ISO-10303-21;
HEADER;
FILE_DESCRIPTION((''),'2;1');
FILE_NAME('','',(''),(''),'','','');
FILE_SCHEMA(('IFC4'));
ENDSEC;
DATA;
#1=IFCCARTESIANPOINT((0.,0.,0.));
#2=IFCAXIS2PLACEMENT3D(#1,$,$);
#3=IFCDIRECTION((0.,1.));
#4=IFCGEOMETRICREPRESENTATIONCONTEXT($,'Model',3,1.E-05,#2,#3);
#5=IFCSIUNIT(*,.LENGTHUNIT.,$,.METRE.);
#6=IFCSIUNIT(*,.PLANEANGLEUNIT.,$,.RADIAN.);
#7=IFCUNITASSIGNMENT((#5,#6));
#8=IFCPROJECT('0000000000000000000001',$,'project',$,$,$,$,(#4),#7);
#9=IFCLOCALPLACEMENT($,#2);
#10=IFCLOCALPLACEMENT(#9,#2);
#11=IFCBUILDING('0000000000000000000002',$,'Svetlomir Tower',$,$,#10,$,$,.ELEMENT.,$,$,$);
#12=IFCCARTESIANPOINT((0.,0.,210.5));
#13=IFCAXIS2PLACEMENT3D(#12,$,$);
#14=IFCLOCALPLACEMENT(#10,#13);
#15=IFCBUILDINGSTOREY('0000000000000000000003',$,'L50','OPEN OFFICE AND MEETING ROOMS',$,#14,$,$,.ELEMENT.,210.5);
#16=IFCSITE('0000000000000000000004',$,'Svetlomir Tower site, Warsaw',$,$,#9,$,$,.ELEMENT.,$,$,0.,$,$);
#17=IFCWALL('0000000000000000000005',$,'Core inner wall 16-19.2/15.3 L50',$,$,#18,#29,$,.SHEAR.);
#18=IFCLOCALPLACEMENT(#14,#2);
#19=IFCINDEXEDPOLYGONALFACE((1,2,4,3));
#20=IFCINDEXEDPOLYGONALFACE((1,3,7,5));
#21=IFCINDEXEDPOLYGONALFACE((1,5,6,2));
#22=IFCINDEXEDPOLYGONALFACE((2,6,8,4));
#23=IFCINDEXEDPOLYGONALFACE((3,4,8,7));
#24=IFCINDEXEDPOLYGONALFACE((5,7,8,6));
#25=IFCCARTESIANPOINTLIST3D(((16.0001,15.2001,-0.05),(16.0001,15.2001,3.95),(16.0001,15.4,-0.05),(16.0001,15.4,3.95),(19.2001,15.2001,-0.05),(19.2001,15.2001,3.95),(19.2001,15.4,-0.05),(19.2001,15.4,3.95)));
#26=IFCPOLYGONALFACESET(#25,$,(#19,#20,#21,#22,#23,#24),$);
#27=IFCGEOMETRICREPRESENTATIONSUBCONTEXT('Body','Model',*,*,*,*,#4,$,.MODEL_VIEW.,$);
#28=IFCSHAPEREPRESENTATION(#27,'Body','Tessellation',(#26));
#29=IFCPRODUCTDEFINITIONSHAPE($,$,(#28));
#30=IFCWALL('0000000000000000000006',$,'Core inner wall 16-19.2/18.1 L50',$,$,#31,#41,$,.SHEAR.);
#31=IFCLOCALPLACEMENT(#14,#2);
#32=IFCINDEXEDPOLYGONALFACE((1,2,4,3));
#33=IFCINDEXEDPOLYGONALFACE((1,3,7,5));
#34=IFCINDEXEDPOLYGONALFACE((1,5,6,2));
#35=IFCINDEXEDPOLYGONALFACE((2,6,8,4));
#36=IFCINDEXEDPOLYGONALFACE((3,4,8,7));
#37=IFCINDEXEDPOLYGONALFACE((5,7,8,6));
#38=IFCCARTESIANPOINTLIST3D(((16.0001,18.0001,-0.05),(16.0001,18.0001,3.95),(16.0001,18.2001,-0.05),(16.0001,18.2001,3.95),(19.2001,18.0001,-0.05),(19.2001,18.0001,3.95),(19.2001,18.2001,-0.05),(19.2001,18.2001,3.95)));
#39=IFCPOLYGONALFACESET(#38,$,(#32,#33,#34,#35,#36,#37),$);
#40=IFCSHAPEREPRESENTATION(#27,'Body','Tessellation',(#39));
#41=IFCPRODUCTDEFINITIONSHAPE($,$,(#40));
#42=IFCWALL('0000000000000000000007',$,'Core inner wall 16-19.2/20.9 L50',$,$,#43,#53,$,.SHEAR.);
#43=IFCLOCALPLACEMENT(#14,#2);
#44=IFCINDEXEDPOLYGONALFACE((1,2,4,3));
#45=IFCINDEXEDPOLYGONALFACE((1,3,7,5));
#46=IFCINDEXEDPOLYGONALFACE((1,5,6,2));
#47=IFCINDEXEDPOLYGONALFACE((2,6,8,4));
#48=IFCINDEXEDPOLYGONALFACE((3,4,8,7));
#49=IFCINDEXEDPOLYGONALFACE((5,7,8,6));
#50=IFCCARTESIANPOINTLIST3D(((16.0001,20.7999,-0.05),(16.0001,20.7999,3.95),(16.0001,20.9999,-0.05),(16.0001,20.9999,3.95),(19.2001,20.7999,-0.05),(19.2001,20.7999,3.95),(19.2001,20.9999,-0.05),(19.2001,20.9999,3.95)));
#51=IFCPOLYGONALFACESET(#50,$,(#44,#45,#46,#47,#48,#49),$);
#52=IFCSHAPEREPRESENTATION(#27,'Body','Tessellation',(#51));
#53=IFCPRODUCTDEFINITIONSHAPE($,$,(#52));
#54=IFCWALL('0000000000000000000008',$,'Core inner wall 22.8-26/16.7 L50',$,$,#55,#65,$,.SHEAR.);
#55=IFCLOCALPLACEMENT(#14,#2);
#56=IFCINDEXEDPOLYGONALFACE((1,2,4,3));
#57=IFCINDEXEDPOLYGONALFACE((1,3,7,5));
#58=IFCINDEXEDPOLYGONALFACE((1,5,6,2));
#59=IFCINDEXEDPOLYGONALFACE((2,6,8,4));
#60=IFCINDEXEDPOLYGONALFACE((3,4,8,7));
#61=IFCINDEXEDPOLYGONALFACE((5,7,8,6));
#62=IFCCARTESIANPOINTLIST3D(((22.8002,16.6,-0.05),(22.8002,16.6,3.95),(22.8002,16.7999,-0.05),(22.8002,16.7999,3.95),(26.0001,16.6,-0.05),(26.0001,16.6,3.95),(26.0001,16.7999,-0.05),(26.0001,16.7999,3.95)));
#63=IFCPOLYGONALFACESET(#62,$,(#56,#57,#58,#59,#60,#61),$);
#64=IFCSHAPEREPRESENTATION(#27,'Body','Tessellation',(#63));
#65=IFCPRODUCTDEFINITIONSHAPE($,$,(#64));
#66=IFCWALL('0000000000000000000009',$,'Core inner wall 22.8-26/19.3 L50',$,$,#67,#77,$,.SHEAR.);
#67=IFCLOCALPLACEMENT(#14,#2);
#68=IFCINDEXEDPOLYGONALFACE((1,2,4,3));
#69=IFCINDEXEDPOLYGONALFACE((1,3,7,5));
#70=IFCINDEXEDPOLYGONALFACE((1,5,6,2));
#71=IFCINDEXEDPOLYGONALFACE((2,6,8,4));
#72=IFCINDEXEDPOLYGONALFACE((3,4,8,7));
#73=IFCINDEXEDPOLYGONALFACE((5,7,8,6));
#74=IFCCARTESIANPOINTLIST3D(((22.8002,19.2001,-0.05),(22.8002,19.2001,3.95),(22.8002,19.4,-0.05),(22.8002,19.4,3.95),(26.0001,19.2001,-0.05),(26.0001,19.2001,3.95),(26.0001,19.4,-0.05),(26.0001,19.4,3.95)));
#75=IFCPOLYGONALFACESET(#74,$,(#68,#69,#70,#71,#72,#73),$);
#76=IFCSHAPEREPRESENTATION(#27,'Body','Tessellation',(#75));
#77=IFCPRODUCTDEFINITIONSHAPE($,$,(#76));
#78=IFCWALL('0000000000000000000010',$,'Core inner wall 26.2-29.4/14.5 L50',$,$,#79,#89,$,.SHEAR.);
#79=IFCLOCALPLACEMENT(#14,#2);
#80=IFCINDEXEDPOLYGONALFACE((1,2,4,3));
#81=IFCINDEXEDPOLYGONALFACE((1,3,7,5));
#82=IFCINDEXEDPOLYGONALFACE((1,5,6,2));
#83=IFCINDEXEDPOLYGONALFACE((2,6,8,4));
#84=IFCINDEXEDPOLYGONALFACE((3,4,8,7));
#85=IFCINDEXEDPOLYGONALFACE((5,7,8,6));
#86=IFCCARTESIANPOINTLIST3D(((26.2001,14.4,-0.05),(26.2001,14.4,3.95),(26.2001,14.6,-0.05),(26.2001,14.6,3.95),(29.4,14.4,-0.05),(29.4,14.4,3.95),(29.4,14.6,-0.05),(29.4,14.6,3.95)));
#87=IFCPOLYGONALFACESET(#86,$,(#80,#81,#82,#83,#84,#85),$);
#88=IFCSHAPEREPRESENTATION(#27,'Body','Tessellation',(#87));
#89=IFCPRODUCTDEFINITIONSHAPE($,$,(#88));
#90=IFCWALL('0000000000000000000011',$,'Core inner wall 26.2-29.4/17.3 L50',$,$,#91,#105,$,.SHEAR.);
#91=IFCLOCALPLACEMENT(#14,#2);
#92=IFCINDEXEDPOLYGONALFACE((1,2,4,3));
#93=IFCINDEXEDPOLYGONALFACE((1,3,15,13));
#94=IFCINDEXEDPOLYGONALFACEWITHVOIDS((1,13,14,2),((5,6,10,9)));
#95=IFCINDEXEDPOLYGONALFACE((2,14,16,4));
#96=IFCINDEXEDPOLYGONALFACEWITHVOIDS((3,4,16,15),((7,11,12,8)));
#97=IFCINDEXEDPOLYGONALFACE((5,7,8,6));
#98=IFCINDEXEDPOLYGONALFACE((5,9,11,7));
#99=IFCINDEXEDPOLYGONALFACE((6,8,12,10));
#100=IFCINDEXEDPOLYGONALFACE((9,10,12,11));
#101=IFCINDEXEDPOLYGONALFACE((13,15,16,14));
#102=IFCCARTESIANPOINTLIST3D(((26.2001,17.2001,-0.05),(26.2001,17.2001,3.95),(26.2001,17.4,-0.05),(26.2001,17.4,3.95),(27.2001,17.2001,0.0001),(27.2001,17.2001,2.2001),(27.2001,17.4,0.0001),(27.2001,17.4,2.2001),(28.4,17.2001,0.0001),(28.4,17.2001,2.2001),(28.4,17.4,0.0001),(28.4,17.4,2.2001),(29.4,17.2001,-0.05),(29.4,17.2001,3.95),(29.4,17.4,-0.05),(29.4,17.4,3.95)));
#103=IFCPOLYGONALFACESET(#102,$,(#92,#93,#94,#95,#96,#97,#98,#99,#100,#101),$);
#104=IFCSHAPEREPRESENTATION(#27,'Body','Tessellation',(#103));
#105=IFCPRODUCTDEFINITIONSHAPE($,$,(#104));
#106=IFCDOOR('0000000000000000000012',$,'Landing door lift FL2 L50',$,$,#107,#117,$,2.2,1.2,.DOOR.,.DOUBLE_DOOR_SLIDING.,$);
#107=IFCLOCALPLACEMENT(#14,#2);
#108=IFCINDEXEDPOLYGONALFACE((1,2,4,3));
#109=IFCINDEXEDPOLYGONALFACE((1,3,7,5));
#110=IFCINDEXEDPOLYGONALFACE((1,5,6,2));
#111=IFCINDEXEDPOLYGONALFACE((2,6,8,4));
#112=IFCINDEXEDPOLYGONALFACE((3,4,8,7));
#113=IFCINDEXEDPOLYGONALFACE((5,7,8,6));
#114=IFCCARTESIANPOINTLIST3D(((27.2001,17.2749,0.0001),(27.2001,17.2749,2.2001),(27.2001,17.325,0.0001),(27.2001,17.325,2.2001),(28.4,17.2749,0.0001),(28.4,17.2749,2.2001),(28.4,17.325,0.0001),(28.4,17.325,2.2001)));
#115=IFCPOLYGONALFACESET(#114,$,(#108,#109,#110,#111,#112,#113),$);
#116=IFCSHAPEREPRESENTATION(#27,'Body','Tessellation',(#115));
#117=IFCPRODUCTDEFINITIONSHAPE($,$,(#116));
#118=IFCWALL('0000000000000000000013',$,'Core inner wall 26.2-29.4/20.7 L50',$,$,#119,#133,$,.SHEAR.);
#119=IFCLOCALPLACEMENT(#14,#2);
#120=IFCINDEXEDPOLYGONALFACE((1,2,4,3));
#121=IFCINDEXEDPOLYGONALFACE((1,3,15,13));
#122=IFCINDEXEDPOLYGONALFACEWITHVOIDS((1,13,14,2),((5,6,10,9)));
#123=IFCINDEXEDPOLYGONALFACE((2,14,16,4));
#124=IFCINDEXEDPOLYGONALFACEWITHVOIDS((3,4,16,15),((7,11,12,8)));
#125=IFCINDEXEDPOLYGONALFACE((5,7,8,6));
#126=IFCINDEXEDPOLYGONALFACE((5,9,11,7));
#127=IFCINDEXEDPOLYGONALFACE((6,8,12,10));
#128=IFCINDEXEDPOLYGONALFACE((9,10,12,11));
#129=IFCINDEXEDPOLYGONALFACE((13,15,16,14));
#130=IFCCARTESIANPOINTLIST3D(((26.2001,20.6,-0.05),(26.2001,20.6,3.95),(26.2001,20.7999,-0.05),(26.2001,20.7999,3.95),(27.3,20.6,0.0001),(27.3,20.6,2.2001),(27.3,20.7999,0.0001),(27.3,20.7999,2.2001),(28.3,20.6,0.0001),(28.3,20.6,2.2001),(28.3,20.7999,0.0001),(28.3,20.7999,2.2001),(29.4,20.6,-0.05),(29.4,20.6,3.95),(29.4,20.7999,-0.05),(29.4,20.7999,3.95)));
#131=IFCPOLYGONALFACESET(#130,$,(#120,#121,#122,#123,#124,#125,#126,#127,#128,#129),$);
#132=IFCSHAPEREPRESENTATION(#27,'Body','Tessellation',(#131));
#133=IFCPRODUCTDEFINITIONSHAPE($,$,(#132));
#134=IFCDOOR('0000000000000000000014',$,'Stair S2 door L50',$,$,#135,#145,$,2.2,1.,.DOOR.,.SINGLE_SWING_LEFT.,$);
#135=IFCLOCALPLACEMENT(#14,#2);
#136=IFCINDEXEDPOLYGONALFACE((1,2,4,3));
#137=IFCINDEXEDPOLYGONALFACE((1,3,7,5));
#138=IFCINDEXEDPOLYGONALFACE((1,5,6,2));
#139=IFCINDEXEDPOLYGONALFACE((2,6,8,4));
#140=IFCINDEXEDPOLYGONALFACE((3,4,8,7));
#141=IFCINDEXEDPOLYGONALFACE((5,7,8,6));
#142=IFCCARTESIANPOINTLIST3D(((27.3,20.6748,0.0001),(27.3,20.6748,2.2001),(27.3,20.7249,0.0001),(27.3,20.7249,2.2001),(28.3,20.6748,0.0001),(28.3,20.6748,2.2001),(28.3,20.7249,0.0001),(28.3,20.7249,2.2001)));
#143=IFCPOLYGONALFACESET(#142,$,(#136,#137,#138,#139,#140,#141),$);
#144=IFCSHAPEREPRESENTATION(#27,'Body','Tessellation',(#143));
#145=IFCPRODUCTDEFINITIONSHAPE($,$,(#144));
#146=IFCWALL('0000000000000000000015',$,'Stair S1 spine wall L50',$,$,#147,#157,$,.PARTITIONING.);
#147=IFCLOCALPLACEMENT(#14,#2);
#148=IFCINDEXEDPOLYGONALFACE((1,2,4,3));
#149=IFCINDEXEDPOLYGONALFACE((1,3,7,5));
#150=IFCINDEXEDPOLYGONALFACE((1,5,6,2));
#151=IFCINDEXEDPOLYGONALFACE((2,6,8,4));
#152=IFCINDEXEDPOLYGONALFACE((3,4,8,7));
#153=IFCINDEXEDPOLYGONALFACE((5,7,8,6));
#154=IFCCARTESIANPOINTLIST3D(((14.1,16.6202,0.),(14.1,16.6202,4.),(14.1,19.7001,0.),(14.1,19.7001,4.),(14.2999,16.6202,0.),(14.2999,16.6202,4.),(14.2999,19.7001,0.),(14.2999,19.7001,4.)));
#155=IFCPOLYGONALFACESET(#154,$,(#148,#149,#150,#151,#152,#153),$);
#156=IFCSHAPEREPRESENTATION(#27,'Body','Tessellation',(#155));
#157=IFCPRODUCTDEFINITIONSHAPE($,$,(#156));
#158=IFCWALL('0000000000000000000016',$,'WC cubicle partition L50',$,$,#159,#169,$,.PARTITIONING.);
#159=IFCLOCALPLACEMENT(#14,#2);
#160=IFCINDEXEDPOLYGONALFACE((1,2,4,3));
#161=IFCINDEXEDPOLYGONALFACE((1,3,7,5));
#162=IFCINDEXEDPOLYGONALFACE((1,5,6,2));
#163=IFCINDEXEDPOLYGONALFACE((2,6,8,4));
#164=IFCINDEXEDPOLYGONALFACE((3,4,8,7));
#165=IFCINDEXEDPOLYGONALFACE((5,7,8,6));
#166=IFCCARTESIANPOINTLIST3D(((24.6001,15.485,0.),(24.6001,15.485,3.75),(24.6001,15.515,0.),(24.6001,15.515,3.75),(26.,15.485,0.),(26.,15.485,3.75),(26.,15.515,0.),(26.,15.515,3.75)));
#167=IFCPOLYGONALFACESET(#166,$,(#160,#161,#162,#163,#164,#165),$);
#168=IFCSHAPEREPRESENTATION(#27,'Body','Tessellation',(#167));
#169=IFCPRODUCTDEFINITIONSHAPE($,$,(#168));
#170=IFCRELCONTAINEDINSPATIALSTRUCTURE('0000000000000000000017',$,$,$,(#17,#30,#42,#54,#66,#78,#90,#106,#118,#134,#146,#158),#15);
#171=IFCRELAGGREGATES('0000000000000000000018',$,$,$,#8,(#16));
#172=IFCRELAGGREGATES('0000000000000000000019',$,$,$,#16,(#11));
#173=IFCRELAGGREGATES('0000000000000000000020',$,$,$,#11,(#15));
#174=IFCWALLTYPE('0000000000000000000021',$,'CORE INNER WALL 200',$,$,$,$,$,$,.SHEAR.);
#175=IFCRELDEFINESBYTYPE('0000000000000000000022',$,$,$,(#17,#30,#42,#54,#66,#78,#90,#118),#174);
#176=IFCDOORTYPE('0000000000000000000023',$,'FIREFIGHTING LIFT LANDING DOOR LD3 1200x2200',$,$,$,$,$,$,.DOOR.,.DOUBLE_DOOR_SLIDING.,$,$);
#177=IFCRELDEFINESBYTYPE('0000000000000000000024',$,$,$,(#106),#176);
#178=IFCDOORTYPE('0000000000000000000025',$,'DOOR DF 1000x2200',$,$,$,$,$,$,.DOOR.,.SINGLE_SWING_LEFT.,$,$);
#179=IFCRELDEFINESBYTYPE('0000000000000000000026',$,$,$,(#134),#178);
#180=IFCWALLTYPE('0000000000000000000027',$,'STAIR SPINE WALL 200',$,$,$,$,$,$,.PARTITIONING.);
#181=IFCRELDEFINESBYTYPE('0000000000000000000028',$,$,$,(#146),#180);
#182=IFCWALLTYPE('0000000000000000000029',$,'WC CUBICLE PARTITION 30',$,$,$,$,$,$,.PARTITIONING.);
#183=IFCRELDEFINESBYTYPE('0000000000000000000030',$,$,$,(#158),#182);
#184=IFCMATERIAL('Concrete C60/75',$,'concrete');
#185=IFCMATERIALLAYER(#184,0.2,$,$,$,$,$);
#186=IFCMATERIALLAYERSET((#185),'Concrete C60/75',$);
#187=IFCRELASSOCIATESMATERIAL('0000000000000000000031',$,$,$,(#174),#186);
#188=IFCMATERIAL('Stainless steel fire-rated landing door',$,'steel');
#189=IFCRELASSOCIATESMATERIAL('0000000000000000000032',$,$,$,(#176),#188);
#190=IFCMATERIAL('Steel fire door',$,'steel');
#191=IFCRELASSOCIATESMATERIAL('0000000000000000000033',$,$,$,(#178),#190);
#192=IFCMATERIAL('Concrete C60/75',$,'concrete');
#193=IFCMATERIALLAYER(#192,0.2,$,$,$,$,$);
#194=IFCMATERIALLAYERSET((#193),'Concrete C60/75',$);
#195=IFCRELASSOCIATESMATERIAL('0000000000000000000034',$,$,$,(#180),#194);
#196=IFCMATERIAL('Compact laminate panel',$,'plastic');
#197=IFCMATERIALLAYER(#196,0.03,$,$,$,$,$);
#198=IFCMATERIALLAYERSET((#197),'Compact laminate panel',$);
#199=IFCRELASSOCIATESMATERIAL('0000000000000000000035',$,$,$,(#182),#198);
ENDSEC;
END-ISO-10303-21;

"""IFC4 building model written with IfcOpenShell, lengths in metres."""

from ifc_helpers import new_model, si_unit, direction, frame, frame_2d, origin, place, context, subcontext, project, spatial, rectangle, extrude, material, layer, layer_set, type_object, element, fill, save


model = new_model("IFC4")

# Units and contexts
model_context = context("Model", 3, precision=1e-05, world=origin(), true_north=direction((0.0, 1.0)))
body_context = subcontext(model_context, "Body", "Model", "MODEL_VIEW")
ifc_project = project(units=[si_unit("LENGTHUNIT", "METRE"), si_unit("PLANEANGLEUNIT", "RADIAN")], contexts=[model_context])

# Site, building, storey
site_placement = place(None, origin())
site = spatial("IfcSite", under=ifc_project, at=site_placement, Name="Svetlomir Tower site, Warsaw", CompositionType="ELEMENT", RefElevation=0.0)
building_placement = place(site_placement, origin())
building = spatial("IfcBuilding", under=site, at=building_placement, Name="Svetlomir Tower", CompositionType="ELEMENT")
storey_placement = place(building_placement, frame((0.0, 0.0, 210.5)))
storey = spatial("IfcBuildingStorey", under=building, at=storey_placement, Name="L50", Description="OPEN OFFICE AND MEETING ROOMS", CompositionType="ELEMENT", Elevation=210.5)

# Walls
ifc_material_1 = material(Name="Concrete C60/75", Category="concrete")
ifc_layer_1 = layer(ifc_material_1, 0.2)
ifc_layer_set_1 = layer_set([ifc_layer_1], Name="Concrete C60/75")
wall_type_1 = type_object("IfcWallType", Name="CORE INNER WALL 200", PredefinedType="SHEAR", material=ifc_layer_set_1)
for number, where, z_axis, x_axis, name in (
    (1, (16.0, 15.3, -0.05), (0.0, 0.0, 1.0), (1.0, 0.0, 0.0), "Core inner wall 16-19.2/15.3 L50"),
    (2, (16.0, 18.1001, -0.05), (0.0, 0.0, 1.0), (1.0, 0.0, 0.0), "Core inner wall 16-19.2/18.1 L50"),
    (3, (16.0, 20.8999, -0.05), (0.0, 0.0, 1.0), (1.0, 0.0, 0.0), "Core inner wall 16-19.2/20.9 L50"),
    (4, (22.8, 16.7, -0.05), (0.0, 0.0, 1.0), (1.0, 0.0, 0.0), "Core inner wall 22.8-26/16.7 L50"),
    (5, (22.8, 19.3, -0.05), (0.0, 0.0, 1.0), (1.0, 0.0, 0.0), "Core inner wall 22.8-26/19.3 L50"),
    (6, (26.2, 14.5, -0.05), (0.0, 0.0, 1.0), (1.0, 0.0, 0.0), "Core inner wall 26.2-29.4/14.5 L50"),
):
    element("IfcWall", number, at=place(storey_placement, frame(where, z_axis=z_axis, x_axis=x_axis)), inside=storey, type_object=wall_type_1, Name=name, PredefinedType="SHEAR", context=body_context, shape_type="SweptSolid", body=[
        extrude(rectangle(XDim=3.2, YDim=0.2, at=frame_2d((1.6001, 0.0))), origin(), (0.0, 0.0, 1.0), 4.0),
    ])

# Walls, openings, doors
wall_1_placement = place(storey_placement, frame((26.2, 17.3, -0.05), z_axis=(0.0, 0.0, 1.0), x_axis=(1.0, 0.0, 0.0)))
wall_1 = element("IfcWall", 7, at=wall_1_placement, inside=storey, type_object=wall_type_1, Name="Core inner wall 26.2-29.4/17.3 L50", PredefinedType="SHEAR", context=body_context, shape_type="SweptSolid", body=[
    extrude(rectangle(XDim=3.2, YDim=0.2, at=frame_2d((1.6001, 0.0))), origin(), (0.0, 0.0, 1.0), 4.0),
])
opening_1_placement = place(wall_1_placement, frame((1.0, 0.0, 0.05)))
opening_1 = element("IfcOpeningElement", 8, at=opening_1_placement, cuts=wall_1, PredefinedType="OPENING", context=body_context, shape_type="SweptSolid", body=[
    extrude(rectangle(XDim=1.2, YDim=2.2, at=frame_2d((0.6001, 1.1001))), frame((0.0, 0.1099, 0.0), z_axis=(0.0, -1.0, 0.0), x_axis=(1.0, 0.0, 0.0)), (0.0, 0.0, 1.0), 0.22),
])
ifc_material_2 = material(Name="Stainless steel fire-rated landing door", Category="steel")
door_type_1 = type_object("IfcDoorType", Name="FIREFIGHTING LIFT LANDING DOOR LD3 1200x2200", OperationType="DOUBLE_DOOR_SLIDING", PredefinedType="DOOR", material=ifc_material_2)
door_1_placement = place(opening_1_placement, origin())
door_1 = element("IfcDoor", 9, at=door_1_placement, inside=storey, type_object=door_type_1, Name="Landing door lift FL2 L50", OperationType="DOUBLE_DOOR_SLIDING", OverallHeight=2.2, OverallWidth=1.2, PredefinedType="DOOR", context=body_context, shape_type="SweptSolid", body=[
    extrude(rectangle(XDim=1.2, YDim=2.2, at=frame_2d((0.6001, 1.1001))), frame((0.0, 0.0249, 0.0), z_axis=(0.0, -1.0, 0.0), x_axis=(1.0, 0.0, 0.0)), (0.0, 0.0, 1.0), 0.05),
])
fill(opening_1, door_1)
wall_2_placement = place(storey_placement, frame((26.2, 20.7, -0.05), z_axis=(0.0, 0.0, 1.0), x_axis=(1.0, 0.0, 0.0)))
wall_2 = element("IfcWall", 10, at=wall_2_placement, inside=storey, type_object=wall_type_1, Name="Core inner wall 26.2-29.4/20.7 L50", PredefinedType="SHEAR", context=body_context, shape_type="SweptSolid", body=[
    extrude(rectangle(XDim=3.2, YDim=0.2, at=frame_2d((1.6001, 0.0))), origin(), (0.0, 0.0, 1.0), 4.0),
])
opening_2_placement = place(wall_2_placement, frame((1.1001, 0.0, 0.05)))
opening_2 = element("IfcOpeningElement", 11, at=opening_2_placement, cuts=wall_2, PredefinedType="OPENING", context=body_context, shape_type="SweptSolid", body=[
    extrude(rectangle(XDim=1.0, YDim=2.2, at=frame_2d((0.5, 1.1001))), frame((0.0, 0.1099, 0.0), z_axis=(0.0, -1.0, 0.0), x_axis=(1.0, 0.0, 0.0)), (0.0, 0.0, 1.0), 0.22),
])
ifc_material_3 = material(Name="Steel fire door", Category="steel")
door_type_2 = type_object("IfcDoorType", Name="DOOR DF 1000x2200", OperationType="SINGLE_SWING_LEFT", PredefinedType="DOOR", material=ifc_material_3)
door_2_placement = place(opening_2_placement, origin())
door_2 = element("IfcDoor", 12, at=door_2_placement, inside=storey, type_object=door_type_2, Name="Stair S2 door L50", OperationType="SINGLE_SWING_LEFT", OverallHeight=2.2, OverallWidth=1.0, PredefinedType="DOOR", context=body_context, shape_type="SweptSolid", body=[
    extrude(rectangle(XDim=1.0, YDim=2.2, at=frame_2d((0.5, 1.1001))), frame((0.0, 0.0249, 0.0), z_axis=(0.0, -1.0, 0.0), x_axis=(1.0, 0.0, 0.0)), (0.0, 0.0, 1.0), 0.05),
])
fill(opening_2, door_2)

# Walls
ifc_material_4 = material(Name="Concrete C60/75", Category="concrete")
ifc_layer_2 = layer(ifc_material_4, 0.2)
ifc_layer_set_2 = layer_set([ifc_layer_2], Name="Concrete C60/75")
wall_type_2 = type_object("IfcWallType", Name="STAIR SPINE WALL 200", PredefinedType="PARTITIONING", material=ifc_layer_set_2)
wall_3_placement = place(storey_placement, frame((14.2, 16.6201, 0.0), z_axis=(0.0, 0.0, 1.0), x_axis=(0.0, 1.0, 0.0)))
element("IfcWall", 13, at=wall_3_placement, inside=storey, type_object=wall_type_2, Name="Stair S1 spine wall L50", PredefinedType="PARTITIONING", context=body_context, shape_type="SweptSolid", body=[
    extrude(rectangle(XDim=3.0798, YDim=0.2, at=frame_2d((1.54, 0.0))), origin(), (0.0, 0.0, 1.0), 4.0),
])
ifc_material_5 = material(Name="Compact laminate panel", Category="plastic")
ifc_layer_3 = layer(ifc_material_5, 0.03)
ifc_layer_set_3 = layer_set([ifc_layer_3], Name="Compact laminate panel")
wall_type_3 = type_object("IfcWallType", Name="WC CUBICLE PARTITION 30", PredefinedType="PARTITIONING", material=ifc_layer_set_3)
wall_4_placement = place(storey_placement, frame((24.6001, 15.5, 0.0), z_axis=(0.0, 0.0, 1.0), x_axis=(1.0, 0.0, 0.0)))
element("IfcWall", 14, at=wall_4_placement, inside=storey, type_object=wall_type_3, Name="WC cubicle partition L50", PredefinedType="PARTITIONING", context=body_context, shape_type="SweptSolid", body=[
    extrude(rectangle(XDim=1.3999, YDim=0.03, at=frame_2d((0.7, 0.0))), origin(), (0.0, 0.0, 1.0), 3.75),
])

save(model, "model.ifc")
